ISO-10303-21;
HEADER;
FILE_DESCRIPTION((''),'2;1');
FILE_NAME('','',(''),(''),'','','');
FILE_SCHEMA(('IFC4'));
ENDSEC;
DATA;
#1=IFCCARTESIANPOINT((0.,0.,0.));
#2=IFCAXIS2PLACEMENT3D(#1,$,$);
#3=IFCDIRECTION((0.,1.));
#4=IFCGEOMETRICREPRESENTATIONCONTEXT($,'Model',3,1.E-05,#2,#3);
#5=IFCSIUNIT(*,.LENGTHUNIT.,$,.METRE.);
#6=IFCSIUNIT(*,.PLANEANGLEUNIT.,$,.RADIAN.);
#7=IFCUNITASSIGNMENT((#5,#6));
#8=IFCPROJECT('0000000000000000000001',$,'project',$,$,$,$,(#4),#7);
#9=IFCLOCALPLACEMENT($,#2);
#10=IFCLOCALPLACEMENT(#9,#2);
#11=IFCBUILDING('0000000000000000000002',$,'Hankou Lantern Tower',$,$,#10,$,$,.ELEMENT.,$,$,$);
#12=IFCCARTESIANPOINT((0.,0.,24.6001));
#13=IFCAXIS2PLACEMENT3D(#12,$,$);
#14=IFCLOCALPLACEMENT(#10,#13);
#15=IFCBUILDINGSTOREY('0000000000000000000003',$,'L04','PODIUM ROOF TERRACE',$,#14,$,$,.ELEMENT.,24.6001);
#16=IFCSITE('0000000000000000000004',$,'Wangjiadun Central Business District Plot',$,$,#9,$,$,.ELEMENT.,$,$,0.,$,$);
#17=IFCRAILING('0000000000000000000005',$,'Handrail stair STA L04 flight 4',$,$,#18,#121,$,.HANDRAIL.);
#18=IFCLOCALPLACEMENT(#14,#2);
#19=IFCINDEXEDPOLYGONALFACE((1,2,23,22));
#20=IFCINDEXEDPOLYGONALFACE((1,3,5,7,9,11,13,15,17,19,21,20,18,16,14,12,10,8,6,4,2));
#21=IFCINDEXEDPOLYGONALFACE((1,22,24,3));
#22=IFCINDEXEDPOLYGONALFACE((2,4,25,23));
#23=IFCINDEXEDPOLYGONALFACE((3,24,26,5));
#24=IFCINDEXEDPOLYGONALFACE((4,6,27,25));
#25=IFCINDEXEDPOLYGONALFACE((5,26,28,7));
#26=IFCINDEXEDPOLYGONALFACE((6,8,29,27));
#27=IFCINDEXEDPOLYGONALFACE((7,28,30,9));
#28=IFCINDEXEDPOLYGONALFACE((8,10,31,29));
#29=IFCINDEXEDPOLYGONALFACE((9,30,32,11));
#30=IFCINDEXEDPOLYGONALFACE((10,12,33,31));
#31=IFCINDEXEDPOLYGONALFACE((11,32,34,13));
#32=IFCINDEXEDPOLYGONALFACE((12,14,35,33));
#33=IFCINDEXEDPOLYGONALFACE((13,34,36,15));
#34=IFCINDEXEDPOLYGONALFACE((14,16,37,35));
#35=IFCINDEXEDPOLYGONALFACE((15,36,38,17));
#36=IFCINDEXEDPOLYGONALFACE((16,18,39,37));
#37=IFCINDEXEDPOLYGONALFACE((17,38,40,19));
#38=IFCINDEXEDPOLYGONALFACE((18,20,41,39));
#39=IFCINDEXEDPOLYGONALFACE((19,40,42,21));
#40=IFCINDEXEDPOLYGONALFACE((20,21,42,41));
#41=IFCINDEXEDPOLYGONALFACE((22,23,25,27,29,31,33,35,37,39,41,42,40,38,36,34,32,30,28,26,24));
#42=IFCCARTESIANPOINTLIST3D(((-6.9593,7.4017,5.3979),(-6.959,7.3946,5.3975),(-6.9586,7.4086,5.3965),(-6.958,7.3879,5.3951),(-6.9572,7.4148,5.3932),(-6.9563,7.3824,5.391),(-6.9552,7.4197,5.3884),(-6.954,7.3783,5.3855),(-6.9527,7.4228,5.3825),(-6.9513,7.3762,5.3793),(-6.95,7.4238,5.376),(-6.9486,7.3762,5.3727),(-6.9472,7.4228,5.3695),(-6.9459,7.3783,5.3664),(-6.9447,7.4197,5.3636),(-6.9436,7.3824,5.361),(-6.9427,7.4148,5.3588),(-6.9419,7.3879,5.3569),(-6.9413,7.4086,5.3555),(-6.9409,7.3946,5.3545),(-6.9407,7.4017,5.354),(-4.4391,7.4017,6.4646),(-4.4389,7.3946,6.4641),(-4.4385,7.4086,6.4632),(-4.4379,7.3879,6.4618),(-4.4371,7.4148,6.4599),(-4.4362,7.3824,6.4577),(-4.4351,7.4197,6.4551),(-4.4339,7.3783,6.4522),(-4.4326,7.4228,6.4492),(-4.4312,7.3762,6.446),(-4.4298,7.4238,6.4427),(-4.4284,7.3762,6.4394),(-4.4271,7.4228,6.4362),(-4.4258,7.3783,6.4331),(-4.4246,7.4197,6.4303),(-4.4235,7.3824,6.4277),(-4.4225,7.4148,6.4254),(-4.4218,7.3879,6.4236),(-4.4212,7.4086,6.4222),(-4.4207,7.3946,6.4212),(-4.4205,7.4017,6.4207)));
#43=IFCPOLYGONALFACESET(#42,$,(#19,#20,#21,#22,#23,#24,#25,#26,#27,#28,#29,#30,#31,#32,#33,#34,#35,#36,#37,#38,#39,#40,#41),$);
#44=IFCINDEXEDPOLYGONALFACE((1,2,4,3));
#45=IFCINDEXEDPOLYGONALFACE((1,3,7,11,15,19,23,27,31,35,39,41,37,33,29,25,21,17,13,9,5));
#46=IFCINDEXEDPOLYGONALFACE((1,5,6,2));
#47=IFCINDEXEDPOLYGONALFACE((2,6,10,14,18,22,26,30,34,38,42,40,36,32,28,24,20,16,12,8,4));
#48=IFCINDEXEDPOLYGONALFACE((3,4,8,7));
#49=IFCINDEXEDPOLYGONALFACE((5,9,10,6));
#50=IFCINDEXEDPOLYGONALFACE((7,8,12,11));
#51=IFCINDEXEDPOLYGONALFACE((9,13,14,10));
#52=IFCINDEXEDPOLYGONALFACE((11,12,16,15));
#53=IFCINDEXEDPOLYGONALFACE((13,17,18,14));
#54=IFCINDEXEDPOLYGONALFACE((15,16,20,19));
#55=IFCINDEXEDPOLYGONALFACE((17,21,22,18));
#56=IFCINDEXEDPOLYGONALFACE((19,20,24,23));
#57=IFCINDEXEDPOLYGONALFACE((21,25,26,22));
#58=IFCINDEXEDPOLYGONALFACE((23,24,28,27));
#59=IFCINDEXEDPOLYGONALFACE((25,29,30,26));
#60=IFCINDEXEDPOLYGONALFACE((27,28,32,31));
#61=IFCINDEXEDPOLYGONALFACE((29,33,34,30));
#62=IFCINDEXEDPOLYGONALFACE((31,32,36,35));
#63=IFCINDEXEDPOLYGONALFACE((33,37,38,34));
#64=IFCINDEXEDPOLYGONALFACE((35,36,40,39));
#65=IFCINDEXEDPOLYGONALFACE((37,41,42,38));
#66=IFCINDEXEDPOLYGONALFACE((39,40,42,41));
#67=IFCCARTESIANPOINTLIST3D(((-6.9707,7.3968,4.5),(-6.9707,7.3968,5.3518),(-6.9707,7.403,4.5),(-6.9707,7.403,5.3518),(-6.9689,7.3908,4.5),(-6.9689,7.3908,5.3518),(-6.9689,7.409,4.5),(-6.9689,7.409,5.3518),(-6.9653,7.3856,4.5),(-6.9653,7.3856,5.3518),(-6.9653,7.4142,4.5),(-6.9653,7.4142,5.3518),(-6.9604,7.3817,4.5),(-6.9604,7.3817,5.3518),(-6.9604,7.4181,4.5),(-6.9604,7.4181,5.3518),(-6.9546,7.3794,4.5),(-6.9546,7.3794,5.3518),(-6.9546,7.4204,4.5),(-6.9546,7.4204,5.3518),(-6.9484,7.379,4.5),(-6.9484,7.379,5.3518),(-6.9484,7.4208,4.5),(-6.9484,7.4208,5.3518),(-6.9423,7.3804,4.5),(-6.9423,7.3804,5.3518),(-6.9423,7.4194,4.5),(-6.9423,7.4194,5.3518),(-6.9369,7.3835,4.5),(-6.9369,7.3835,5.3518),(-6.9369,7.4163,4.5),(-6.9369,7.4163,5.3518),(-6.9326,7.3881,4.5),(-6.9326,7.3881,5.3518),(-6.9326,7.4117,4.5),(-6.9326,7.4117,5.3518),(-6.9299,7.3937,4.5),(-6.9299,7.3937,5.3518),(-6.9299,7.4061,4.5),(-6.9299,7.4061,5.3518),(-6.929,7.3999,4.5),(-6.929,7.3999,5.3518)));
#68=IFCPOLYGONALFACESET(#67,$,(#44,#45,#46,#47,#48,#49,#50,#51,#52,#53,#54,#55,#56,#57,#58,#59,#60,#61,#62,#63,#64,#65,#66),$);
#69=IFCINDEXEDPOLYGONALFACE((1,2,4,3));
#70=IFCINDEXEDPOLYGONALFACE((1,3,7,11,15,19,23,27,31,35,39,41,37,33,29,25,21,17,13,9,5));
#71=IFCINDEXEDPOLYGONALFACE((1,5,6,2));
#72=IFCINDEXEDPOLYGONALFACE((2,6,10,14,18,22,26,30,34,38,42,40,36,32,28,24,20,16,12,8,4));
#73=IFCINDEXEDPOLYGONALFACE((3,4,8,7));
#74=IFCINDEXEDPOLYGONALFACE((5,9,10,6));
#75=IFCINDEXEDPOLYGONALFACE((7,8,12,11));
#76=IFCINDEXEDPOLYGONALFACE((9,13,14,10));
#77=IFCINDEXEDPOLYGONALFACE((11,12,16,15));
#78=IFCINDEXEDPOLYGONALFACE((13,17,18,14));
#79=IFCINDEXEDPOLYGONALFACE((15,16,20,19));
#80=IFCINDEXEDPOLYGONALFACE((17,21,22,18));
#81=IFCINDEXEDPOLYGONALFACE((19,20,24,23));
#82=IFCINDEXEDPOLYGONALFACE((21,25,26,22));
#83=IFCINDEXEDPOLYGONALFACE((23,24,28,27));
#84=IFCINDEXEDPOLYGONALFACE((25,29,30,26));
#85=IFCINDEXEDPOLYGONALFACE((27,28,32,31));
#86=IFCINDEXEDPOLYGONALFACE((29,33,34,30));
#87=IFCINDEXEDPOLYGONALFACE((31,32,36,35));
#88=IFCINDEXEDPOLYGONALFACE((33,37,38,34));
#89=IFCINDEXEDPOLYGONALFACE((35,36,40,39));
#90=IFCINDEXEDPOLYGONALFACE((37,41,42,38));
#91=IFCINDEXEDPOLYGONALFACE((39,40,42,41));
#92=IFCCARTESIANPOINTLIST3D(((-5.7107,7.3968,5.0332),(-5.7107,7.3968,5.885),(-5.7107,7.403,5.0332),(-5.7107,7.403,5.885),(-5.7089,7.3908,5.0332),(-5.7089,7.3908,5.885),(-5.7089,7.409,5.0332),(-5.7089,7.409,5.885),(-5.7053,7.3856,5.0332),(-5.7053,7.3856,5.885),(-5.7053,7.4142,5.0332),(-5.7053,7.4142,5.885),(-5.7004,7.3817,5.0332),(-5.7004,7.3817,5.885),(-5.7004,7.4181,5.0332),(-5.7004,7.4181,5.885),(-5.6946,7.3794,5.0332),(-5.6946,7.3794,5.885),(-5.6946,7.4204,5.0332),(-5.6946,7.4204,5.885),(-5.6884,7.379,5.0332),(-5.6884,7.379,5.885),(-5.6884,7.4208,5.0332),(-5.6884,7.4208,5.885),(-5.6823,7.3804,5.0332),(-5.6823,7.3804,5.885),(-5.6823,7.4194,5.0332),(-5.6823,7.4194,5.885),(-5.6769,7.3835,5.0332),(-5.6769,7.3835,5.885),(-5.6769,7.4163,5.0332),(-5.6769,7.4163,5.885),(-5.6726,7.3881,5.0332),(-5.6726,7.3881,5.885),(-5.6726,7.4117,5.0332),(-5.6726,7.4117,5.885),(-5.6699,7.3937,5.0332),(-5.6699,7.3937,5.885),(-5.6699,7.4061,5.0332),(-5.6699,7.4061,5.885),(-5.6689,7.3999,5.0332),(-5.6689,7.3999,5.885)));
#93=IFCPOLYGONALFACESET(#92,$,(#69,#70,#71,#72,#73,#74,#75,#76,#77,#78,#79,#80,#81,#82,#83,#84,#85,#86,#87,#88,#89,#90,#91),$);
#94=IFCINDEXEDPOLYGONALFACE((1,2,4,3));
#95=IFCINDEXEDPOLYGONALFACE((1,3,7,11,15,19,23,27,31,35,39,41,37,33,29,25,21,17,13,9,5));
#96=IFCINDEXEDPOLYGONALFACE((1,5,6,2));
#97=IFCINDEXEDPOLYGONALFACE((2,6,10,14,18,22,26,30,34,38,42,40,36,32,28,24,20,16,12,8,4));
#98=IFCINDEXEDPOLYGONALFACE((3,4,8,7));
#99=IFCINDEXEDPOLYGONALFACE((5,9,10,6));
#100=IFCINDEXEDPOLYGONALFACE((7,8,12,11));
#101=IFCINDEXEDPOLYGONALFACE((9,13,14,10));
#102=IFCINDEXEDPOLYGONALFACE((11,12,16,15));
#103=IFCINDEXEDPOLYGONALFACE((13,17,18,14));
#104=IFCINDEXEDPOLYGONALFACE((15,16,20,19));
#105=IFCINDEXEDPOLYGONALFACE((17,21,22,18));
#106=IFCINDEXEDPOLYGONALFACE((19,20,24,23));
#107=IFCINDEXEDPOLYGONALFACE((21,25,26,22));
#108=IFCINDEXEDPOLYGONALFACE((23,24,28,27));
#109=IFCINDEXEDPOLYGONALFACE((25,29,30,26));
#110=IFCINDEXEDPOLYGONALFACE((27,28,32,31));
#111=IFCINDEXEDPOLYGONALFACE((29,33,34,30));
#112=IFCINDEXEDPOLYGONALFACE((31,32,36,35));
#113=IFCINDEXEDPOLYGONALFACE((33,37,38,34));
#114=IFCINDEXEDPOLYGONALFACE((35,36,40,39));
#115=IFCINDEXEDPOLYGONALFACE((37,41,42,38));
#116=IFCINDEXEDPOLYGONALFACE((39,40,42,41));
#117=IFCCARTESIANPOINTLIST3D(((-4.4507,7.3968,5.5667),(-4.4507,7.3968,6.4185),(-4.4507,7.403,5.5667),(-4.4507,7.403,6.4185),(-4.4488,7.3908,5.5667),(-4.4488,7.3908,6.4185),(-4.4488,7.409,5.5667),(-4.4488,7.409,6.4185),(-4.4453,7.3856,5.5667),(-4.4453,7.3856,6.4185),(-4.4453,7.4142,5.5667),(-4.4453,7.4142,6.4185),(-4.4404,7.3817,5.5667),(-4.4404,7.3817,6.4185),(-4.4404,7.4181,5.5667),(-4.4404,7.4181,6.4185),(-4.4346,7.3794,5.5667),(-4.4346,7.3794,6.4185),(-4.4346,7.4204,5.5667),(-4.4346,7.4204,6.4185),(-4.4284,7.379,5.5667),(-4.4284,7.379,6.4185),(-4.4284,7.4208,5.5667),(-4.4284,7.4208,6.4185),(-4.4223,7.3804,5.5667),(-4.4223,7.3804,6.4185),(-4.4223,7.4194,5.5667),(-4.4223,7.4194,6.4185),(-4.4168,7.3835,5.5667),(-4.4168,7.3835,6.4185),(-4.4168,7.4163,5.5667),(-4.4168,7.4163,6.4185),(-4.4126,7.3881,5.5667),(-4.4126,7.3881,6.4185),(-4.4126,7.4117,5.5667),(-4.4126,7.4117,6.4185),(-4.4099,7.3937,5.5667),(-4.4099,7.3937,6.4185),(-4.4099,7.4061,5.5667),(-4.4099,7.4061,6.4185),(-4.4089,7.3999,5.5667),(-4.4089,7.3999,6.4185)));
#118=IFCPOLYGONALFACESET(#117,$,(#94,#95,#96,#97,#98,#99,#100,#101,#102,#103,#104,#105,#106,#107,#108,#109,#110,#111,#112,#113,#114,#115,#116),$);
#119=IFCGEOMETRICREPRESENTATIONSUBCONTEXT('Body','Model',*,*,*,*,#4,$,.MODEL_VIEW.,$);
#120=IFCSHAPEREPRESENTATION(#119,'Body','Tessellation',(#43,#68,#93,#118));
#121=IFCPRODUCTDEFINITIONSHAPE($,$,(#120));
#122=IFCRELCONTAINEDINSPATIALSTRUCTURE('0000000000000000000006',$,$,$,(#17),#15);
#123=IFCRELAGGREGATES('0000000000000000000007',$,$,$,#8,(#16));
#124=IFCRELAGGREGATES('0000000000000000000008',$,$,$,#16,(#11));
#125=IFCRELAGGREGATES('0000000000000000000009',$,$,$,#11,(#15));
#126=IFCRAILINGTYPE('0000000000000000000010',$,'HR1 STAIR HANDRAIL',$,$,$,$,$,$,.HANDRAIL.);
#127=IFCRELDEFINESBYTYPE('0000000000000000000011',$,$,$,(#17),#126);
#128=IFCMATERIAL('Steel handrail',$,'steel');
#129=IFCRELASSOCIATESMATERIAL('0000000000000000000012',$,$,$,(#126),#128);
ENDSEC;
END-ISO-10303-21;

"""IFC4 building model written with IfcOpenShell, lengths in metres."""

from ifc_helpers import new_model, si_unit, direction, frame, origin, origin_2d, place, context, subcontext, project, spatial, circle, extrude, material, type_object, element, save


model = new_model("IFC4")

# Units and contexts
model_context = context("Model", 3, precision=1e-05, world=origin(), true_north=direction((0.0, 1.0)))
body_context = subcontext(model_context, "Body", "Model", "MODEL_VIEW")
ifc_project = project(units=[si_unit("LENGTHUNIT", "METRE"), si_unit("PLANEANGLEUNIT", "RADIAN")], contexts=[model_context])

# Site, building, storey
site_placement = place(None, origin())
site = spatial("IfcSite", under=ifc_project, at=site_placement, Name="Wangjiadun Central Business District Plot", CompositionType="ELEMENT", RefElevation=0.0)
building_placement = place(site_placement, origin())
building = spatial("IfcBuilding", under=site, at=building_placement, Name="Hankou Lantern Tower", CompositionType="ELEMENT")
storey_placement = place(building_placement, frame((0.0, 0.0, 24.6001)))
storey = spatial("IfcBuildingStorey", under=building, at=storey_placement, Name="L04", Description="PODIUM ROOF TERRACE", CompositionType="ELEMENT", Elevation=24.6001)

# Railing
ifc_material_1 = material(Name="Steel handrail", Category="steel")
railing_type = type_object("IfcRailingType", Name="HR1 STAIR HANDRAIL", PredefinedType="HANDRAIL", material=ifc_material_1)
railing_1_placement = place(storey_placement, frame((-6.95, 7.3999, 4.5)))
element("IfcRailing", 1, at=railing_1_placement, inside=storey, type_object=railing_type, Name="Handrail stair STA L04 flight 4", PredefinedType="HANDRAIL", context=body_context, shape_type="SweptSolid", body=[
    extrude(circle(Radius=0.0239, at=origin_2d()), frame((0.0, 0.0, 0.876), z_axis=(0.920903, 0.0, 0.389791), x_axis=(0.0, 1.0, 0.0)), (0.0, 0.0, 1.0), 2.7366),
    extrude(circle(Radius=0.021, at=origin_2d()), origin(), (0.0, 0.0, 1.0), 0.8518),
    extrude(circle(Radius=0.021, at=origin_2d()), frame((1.26, 0.0, 0.5332)), (0.0, 0.0, 1.0), 0.8518),
    extrude(circle(Radius=0.021, at=origin_2d()), frame((2.52, 0.0, 1.0667)), (0.0, 0.0, 1.0), 0.8518),
])

save(model, "model.ifc")
